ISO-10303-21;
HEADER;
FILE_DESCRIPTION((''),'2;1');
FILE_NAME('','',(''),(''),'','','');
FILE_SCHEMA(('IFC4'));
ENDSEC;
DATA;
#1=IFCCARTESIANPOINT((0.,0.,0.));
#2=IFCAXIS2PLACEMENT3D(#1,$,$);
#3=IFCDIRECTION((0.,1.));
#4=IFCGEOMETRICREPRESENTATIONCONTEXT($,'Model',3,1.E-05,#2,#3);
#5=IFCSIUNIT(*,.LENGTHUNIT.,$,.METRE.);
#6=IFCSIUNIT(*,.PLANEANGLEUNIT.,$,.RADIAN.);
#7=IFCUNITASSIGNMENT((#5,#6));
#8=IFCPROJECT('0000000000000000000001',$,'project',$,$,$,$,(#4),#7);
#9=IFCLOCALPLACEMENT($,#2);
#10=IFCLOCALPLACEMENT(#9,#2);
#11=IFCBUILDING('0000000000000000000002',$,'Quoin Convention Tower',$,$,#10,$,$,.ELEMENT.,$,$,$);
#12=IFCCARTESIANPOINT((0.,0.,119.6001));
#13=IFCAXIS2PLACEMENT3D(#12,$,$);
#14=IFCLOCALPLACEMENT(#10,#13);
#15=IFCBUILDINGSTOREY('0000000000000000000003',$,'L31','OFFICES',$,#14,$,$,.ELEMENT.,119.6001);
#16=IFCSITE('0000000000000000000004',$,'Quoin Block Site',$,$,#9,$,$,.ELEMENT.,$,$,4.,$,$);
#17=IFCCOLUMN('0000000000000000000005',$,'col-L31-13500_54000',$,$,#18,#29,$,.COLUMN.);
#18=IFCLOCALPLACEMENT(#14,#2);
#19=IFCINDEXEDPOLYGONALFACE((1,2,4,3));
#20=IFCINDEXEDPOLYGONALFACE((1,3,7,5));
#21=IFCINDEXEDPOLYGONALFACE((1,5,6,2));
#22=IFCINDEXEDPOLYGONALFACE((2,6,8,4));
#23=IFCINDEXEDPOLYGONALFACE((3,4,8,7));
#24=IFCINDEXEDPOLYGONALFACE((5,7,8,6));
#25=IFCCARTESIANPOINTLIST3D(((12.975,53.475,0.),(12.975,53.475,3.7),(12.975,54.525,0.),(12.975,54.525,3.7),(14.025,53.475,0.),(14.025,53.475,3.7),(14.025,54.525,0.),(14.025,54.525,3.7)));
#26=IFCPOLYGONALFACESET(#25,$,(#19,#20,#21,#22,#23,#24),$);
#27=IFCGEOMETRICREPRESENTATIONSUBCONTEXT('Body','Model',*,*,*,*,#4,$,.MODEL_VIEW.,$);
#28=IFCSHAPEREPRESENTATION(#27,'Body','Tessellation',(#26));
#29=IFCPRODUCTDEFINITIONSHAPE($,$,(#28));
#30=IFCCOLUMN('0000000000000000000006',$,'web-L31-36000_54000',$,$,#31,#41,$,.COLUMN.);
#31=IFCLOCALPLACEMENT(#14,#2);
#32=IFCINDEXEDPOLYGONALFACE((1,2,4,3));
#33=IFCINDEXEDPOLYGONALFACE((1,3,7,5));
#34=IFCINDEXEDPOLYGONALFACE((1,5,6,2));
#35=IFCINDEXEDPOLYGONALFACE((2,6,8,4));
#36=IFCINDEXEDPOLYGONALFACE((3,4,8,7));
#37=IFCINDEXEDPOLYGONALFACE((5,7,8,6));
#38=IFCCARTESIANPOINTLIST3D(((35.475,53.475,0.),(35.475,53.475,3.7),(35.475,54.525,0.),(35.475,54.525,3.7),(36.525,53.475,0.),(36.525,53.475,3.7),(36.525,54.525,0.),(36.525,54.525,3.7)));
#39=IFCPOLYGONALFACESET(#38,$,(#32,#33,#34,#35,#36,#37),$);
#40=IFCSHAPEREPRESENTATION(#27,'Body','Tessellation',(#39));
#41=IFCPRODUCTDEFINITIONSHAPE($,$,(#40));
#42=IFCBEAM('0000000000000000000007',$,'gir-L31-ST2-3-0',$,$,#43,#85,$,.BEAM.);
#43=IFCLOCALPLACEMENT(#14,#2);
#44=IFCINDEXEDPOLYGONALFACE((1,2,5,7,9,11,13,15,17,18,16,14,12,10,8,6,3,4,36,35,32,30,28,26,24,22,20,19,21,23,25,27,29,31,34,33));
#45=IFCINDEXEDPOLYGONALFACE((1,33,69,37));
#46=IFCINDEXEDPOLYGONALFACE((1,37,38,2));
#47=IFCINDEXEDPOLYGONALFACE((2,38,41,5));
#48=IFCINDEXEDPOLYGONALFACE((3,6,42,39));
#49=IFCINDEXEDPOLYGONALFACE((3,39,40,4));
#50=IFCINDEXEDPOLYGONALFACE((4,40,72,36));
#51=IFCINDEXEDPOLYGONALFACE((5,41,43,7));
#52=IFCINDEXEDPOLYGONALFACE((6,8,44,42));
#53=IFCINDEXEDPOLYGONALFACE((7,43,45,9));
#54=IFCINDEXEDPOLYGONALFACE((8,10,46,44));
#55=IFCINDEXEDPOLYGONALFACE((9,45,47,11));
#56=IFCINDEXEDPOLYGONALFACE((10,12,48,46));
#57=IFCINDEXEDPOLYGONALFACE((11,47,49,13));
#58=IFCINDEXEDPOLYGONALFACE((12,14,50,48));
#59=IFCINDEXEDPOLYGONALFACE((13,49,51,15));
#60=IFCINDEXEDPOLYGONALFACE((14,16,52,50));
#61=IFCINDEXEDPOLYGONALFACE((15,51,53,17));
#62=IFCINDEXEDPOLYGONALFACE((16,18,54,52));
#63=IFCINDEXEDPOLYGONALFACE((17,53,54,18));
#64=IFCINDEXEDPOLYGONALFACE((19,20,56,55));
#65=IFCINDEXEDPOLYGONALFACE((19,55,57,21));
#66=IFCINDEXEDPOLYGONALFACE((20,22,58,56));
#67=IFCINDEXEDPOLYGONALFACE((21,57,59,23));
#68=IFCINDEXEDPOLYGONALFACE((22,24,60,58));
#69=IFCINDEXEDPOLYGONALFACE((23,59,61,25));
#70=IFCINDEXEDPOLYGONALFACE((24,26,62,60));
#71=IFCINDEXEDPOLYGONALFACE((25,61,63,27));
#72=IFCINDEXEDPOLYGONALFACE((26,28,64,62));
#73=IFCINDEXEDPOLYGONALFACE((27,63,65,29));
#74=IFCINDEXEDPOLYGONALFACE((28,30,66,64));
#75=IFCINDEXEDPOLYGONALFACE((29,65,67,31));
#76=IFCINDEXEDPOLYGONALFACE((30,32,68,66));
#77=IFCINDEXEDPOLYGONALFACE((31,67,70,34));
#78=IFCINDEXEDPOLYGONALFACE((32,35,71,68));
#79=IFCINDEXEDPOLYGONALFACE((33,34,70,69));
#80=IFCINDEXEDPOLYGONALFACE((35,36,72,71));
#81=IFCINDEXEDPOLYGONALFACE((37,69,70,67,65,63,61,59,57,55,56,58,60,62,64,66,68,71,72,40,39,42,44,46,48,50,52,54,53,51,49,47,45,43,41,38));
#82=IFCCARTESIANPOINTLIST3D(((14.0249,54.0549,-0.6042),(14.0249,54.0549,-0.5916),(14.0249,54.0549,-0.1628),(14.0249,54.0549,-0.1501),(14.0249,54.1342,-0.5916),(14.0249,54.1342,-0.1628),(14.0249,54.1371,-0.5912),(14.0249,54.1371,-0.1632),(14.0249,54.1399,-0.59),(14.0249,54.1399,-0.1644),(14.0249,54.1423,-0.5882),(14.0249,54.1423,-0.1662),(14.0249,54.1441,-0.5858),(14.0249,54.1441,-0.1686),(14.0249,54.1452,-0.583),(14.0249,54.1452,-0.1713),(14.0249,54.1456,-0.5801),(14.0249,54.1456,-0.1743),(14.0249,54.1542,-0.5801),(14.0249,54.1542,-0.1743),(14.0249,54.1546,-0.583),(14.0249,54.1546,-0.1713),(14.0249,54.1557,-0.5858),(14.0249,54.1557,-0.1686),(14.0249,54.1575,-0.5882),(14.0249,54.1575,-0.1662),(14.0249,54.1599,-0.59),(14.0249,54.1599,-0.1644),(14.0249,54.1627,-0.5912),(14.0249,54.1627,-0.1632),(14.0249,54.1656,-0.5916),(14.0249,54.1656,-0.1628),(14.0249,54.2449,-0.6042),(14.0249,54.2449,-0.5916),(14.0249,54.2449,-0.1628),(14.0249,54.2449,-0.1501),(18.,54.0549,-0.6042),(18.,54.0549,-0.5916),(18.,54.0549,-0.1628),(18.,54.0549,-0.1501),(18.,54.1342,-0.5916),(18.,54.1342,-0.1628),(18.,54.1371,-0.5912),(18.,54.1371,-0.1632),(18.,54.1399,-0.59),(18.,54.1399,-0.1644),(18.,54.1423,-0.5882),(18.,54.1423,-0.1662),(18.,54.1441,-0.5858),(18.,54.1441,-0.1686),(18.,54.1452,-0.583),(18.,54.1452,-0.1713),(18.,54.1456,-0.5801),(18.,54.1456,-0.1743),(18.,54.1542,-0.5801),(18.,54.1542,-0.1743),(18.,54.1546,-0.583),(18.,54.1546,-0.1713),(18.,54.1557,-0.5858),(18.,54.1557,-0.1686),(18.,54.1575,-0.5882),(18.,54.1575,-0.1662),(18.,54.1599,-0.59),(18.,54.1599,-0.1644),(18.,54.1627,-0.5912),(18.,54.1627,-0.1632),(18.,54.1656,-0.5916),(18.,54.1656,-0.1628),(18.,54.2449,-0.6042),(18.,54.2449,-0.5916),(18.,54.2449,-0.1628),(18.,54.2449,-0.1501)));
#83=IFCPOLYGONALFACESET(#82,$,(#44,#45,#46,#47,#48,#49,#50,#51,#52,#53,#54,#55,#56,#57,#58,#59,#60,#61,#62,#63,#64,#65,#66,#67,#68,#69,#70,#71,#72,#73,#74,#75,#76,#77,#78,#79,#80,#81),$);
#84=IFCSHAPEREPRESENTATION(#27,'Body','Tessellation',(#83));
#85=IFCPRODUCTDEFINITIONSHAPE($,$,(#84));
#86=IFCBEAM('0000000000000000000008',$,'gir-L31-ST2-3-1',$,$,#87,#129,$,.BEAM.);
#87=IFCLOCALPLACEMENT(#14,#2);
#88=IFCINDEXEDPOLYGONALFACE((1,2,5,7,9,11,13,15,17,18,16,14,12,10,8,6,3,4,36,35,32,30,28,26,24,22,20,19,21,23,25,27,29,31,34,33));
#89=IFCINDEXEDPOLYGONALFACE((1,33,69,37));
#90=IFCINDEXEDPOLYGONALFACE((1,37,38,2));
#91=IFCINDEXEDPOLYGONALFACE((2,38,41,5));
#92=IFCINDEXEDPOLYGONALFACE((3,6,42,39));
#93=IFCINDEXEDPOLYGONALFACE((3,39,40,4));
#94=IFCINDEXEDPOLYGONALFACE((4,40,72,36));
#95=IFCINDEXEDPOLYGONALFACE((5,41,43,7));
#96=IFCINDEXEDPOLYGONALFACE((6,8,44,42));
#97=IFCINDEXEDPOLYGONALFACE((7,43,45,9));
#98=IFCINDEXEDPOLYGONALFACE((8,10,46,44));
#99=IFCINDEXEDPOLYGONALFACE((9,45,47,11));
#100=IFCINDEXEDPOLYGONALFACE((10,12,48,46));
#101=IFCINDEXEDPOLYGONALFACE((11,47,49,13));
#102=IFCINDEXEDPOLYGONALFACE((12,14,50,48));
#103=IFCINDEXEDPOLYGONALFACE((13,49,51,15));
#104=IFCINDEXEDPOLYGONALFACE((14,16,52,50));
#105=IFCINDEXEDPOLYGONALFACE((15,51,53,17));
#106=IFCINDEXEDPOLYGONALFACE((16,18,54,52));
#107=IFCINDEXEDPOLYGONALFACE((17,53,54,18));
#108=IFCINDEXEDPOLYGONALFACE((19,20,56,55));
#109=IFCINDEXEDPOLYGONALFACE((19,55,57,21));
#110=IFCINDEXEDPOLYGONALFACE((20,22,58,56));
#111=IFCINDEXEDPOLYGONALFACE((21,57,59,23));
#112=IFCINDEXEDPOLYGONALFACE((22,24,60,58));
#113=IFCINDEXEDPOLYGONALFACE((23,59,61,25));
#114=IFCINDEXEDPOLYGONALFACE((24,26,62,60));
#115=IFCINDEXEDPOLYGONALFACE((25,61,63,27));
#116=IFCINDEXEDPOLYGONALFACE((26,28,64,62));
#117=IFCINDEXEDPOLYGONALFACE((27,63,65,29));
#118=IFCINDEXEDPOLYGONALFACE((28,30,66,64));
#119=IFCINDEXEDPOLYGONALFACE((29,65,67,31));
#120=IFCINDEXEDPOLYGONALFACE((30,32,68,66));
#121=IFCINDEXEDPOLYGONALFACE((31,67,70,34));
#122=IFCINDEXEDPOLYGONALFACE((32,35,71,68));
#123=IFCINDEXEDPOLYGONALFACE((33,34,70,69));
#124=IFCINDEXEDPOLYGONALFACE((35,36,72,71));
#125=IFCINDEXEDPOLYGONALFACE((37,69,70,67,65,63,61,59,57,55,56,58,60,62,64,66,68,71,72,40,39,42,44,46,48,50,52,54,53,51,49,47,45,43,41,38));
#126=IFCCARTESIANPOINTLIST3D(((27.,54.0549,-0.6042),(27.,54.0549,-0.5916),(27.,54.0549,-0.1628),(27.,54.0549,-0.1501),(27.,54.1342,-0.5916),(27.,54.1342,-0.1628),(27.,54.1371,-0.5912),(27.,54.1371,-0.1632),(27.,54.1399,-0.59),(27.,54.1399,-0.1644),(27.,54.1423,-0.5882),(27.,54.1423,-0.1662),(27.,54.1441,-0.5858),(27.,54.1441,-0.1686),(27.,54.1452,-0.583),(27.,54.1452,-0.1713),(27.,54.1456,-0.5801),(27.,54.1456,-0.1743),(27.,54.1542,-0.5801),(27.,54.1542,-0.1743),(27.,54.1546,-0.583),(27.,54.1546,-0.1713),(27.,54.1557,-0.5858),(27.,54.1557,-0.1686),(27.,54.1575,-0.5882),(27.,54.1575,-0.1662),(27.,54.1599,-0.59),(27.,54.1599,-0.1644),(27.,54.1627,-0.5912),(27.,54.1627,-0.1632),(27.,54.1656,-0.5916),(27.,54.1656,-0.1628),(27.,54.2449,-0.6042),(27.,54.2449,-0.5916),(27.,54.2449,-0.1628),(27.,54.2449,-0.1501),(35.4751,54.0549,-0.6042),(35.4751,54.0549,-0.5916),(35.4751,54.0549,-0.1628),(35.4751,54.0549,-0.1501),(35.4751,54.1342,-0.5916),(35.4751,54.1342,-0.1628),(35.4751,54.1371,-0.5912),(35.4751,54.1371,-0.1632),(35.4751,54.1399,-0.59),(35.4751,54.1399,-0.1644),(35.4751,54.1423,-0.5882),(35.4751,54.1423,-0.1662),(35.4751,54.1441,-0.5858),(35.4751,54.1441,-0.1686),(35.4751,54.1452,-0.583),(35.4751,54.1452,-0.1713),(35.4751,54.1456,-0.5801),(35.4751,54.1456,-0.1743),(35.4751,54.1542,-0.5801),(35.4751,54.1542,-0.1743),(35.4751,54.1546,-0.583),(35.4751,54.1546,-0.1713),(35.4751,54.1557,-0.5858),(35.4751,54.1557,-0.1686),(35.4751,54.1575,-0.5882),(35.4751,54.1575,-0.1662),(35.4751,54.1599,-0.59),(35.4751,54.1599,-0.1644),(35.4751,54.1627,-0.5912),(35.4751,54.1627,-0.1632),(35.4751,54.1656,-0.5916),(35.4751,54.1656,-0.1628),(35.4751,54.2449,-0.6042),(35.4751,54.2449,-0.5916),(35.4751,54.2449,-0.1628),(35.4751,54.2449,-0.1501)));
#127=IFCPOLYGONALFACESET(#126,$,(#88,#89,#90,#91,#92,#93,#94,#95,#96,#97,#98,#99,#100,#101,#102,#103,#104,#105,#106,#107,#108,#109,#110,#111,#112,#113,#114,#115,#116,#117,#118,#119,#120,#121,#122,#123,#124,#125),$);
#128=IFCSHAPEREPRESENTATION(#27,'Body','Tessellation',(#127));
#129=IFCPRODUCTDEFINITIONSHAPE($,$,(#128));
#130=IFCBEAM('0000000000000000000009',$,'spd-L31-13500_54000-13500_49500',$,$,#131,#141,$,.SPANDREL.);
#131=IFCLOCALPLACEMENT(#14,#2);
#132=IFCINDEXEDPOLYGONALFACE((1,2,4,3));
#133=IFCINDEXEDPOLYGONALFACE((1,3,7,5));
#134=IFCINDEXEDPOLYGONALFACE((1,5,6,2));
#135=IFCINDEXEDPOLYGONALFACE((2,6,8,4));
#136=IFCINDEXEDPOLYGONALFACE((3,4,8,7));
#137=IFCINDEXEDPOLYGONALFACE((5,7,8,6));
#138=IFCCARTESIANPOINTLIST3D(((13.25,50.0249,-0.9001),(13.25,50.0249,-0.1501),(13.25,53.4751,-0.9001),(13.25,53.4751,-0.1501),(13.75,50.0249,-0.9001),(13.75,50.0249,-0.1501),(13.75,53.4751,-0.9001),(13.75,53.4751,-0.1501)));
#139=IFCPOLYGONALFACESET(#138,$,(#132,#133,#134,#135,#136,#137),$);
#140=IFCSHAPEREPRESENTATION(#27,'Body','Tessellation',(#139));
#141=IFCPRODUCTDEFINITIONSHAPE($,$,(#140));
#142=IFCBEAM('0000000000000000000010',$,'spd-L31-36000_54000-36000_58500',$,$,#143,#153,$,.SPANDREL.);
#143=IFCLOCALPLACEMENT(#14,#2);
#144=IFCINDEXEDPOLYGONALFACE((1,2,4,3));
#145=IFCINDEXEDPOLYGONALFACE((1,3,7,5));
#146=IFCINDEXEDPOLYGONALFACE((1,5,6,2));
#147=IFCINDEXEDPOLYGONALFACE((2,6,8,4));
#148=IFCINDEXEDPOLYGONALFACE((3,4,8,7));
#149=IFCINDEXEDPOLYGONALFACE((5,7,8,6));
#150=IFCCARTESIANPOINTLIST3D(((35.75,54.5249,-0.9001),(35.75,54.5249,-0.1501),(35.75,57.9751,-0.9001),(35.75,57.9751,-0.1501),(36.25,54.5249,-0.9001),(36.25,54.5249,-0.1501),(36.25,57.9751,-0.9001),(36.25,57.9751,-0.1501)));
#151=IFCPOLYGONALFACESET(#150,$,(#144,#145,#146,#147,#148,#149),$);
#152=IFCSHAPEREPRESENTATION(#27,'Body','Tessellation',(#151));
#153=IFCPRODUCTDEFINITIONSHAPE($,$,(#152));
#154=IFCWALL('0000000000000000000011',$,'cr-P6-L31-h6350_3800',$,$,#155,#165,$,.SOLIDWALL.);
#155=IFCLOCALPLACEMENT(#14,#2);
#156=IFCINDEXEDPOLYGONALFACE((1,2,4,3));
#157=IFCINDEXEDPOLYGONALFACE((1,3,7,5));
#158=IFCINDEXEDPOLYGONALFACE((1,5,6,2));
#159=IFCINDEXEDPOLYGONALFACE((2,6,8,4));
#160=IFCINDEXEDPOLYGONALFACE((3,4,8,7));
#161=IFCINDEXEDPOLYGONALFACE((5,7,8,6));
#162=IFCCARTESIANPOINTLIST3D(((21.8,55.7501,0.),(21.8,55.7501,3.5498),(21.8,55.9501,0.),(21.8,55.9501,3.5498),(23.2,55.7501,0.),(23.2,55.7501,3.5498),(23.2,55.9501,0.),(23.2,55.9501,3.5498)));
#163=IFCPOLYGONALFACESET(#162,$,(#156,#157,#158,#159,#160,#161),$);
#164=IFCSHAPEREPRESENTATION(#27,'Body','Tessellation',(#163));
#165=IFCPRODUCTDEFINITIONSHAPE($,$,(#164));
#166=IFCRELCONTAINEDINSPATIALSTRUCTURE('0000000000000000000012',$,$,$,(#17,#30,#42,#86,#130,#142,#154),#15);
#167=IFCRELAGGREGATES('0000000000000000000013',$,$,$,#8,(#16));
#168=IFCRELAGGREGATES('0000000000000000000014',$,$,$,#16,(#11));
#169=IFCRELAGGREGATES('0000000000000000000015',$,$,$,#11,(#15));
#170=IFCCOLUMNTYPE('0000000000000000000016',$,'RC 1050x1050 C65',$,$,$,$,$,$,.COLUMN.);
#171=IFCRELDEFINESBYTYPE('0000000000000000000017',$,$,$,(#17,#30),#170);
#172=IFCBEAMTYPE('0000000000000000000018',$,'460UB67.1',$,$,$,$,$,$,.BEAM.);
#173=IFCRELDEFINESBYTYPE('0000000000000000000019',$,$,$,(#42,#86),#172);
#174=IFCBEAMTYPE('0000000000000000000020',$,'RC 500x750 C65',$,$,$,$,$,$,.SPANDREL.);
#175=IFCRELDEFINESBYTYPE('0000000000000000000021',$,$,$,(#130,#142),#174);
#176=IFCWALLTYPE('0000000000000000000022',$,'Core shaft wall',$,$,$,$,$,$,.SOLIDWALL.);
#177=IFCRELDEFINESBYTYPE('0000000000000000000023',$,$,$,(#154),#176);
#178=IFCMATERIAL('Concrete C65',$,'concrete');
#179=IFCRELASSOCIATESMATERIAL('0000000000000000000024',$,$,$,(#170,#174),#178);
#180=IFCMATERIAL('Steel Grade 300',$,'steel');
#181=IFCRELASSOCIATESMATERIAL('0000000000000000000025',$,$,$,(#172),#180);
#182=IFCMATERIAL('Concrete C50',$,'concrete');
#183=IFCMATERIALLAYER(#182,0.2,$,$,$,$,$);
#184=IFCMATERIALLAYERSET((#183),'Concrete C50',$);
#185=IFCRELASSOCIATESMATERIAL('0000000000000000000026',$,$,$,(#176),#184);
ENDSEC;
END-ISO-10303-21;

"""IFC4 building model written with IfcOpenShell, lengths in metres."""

from ifc_helpers import new_model, si_unit, direction, frame, frame_2d, origin, origin_2d, place, context, subcontext, project, spatial, rectangle, i_section, extrude, material, layer, layer_set, material_profile, profile_set, type_object, element, save


model = new_model("IFC4")

# Units and contexts
model_context = context("Model", 3, precision=1e-05, world=origin(), true_north=direction((0.0, 1.0)))
body_context = subcontext(model_context, "Body", "Model", "MODEL_VIEW")
ifc_project = project(units=[si_unit("LENGTHUNIT", "METRE"), si_unit("PLANEANGLEUNIT", "RADIAN")], contexts=[model_context])

# Site, building, storey
site_placement = place(None, origin())
site = spatial("IfcSite", under=ifc_project, at=site_placement, Name="Quoin Block Site", CompositionType="ELEMENT", RefElevation=4.0)
building_placement = place(site_placement, origin())
building = spatial("IfcBuilding", under=site, at=building_placement, Name="Quoin Convention Tower", CompositionType="ELEMENT")
storey_placement = place(building_placement, frame((0.0, 0.0, 119.6001)))
storey = spatial("IfcBuildingStorey", under=building, at=storey_placement, Name="L31", Description="OFFICES", CompositionType="ELEMENT", Elevation=119.6001)

# Columns
ifc_material_1 = material(Name="Concrete C65", Category="concrete")
ifc_material_profile_1 = material_profile(ifc_material_1, rectangle(XDim=1.05, YDim=1.05, at=origin_2d()), Name="RC 1050x1050")
ifc_profile_set_1 = profile_set([ifc_material_profile_1], Name="Concrete C65")
column_type = type_object("IfcColumnType", Name="RC 1050x1050 C65", PredefinedType="COLUMN", material=ifc_profile_set_1)
for number, where, z_axis, x_axis, name in (
    (1, (13.5, 54.0, 0.0), (0.0, 0.0, 1.0), (1.0, 0.0, 0.0), "col-L31-13500_54000"),
    (2, (36.0, 54.0, 0.0), (0.0, 0.0, 1.0), (1.0, 0.0, 0.0), "web-L31-36000_54000"),
):
    element("IfcColumn", number, at=place(storey_placement, frame(where, z_axis=z_axis, x_axis=x_axis)), inside=storey, type_object=column_type, Name=name, PredefinedType="COLUMN", context=body_context, shape_type="SweptSolid", body=[
        extrude(rectangle(XDim=1.05, YDim=1.05, at=origin_2d()), origin(), (0.0, 0.0, 1.0), 3.7),
    ])

# Beams
ifc_material_2 = material(Name="Steel Grade 300", Category="steel")
ifc_material_profile_2 = material_profile(ifc_material_2, i_section(OverallWidth=0.1899, OverallDepth=0.4541, WebThickness=0.0085, FlangeThickness=0.0127, FilletRadius=0.0115, at=origin_2d()), Name="460UB67.1")
ifc_profile_set_2 = profile_set([ifc_material_profile_2], Name="Steel Grade 300")
beam_type_1 = type_object("IfcBeamType", Name="460UB67.1", PredefinedType="BEAM", material=ifc_profile_set_2)
beam_1_placement = place(storey_placement, frame((14.0249, 54.1499, -0.3772), z_axis=(1.0, 0.0, 0.0), x_axis=(0.0, 1.0, 0.0)))
element("IfcBeam", 3, at=beam_1_placement, inside=storey, type_object=beam_type_1, Name="gir-L31-ST2-3-0", PredefinedType="BEAM", context=body_context, shape_type="SweptSolid", body=[
    extrude(i_section(OverallWidth=0.1899, OverallDepth=0.4541, WebThickness=0.0085, FlangeThickness=0.0127, FilletRadius=0.0115, at=origin_2d()), origin(), (0.0, 0.0, 1.0), 3.9751),
])
beam_2_placement = place(storey_placement, frame((27.0, 54.1499, -0.3772), z_axis=(1.0, 0.0, 0.0), x_axis=(0.0, 1.0, 0.0)))
element("IfcBeam", 4, at=beam_2_placement, inside=storey, type_object=beam_type_1, Name="gir-L31-ST2-3-1", PredefinedType="BEAM", context=body_context, shape_type="SweptSolid", body=[
    extrude(i_section(OverallWidth=0.1899, OverallDepth=0.4541, WebThickness=0.0085, FlangeThickness=0.0127, FilletRadius=0.0115, at=origin_2d()), origin(), (0.0, 0.0, 1.0), 8.4751),
])
ifc_material_profile_3 = material_profile(ifc_material_1, rectangle(XDim=0.5, YDim=0.75, at=origin_2d()), Name="RC 500x750")
ifc_profile_set_3 = profile_set([ifc_material_profile_3], Name="Concrete C65")
beam_type_2 = type_object("IfcBeamType", Name="RC 500x750 C65", PredefinedType="SPANDREL", material=ifc_profile_set_3)
for number, where, z_axis, x_axis, name in (
    (5, (13.5, 53.4751, -0.5251), (0.0, -1.0, 0.0), (1.0, 0.0, 0.0), "spd-L31-13500_54000-13500_49500"),
    (6, (36.0, 54.5249, -0.5251), (0.0, 1.0, 0.0), (-1.0, 0.0, 0.0), "spd-L31-36000_54000-36000_58500"),
):
    element("IfcBeam", number, at=place(storey_placement, frame(where, z_axis=z_axis, x_axis=x_axis)), inside=storey, type_object=beam_type_2, Name=name, PredefinedType="SPANDREL", context=body_context, shape_type="SweptSolid", body=[
        extrude(rectangle(XDim=0.5, YDim=0.75, at=origin_2d()), origin(), (0.0, 0.0, 1.0), 3.4502),
    ])

# Wall
ifc_material_3 = material(Name="Concrete C50", Category="concrete")
ifc_layer_1 = layer(ifc_material_3, 0.2)
ifc_layer_set_1 = layer_set([ifc_layer_1], Name="Concrete C50")
wall_type_1 = type_object("IfcWallType", Name="Core shaft wall", PredefinedType="SOLIDWALL", material=ifc_layer_set_1)
wall_1_placement = place(storey_placement, frame((21.8, 55.8501, 0.0), z_axis=(0.0, 0.0, 1.0), x_axis=(1.0, 0.0, 0.0)))
element("IfcWall", 7, at=wall_1_placement, inside=storey, type_object=wall_type_1, Name="cr-P6-L31-h6350_3800", PredefinedType="SOLIDWALL", context=body_context, shape_type="SweptSolid", body=[
    extrude(rectangle(XDim=1.3999, YDim=0.2, at=frame_2d((0.7, 0.0))), origin(), (0.0, 0.0, 1.0), 3.5498),
])

save(model, "model.ifc")
